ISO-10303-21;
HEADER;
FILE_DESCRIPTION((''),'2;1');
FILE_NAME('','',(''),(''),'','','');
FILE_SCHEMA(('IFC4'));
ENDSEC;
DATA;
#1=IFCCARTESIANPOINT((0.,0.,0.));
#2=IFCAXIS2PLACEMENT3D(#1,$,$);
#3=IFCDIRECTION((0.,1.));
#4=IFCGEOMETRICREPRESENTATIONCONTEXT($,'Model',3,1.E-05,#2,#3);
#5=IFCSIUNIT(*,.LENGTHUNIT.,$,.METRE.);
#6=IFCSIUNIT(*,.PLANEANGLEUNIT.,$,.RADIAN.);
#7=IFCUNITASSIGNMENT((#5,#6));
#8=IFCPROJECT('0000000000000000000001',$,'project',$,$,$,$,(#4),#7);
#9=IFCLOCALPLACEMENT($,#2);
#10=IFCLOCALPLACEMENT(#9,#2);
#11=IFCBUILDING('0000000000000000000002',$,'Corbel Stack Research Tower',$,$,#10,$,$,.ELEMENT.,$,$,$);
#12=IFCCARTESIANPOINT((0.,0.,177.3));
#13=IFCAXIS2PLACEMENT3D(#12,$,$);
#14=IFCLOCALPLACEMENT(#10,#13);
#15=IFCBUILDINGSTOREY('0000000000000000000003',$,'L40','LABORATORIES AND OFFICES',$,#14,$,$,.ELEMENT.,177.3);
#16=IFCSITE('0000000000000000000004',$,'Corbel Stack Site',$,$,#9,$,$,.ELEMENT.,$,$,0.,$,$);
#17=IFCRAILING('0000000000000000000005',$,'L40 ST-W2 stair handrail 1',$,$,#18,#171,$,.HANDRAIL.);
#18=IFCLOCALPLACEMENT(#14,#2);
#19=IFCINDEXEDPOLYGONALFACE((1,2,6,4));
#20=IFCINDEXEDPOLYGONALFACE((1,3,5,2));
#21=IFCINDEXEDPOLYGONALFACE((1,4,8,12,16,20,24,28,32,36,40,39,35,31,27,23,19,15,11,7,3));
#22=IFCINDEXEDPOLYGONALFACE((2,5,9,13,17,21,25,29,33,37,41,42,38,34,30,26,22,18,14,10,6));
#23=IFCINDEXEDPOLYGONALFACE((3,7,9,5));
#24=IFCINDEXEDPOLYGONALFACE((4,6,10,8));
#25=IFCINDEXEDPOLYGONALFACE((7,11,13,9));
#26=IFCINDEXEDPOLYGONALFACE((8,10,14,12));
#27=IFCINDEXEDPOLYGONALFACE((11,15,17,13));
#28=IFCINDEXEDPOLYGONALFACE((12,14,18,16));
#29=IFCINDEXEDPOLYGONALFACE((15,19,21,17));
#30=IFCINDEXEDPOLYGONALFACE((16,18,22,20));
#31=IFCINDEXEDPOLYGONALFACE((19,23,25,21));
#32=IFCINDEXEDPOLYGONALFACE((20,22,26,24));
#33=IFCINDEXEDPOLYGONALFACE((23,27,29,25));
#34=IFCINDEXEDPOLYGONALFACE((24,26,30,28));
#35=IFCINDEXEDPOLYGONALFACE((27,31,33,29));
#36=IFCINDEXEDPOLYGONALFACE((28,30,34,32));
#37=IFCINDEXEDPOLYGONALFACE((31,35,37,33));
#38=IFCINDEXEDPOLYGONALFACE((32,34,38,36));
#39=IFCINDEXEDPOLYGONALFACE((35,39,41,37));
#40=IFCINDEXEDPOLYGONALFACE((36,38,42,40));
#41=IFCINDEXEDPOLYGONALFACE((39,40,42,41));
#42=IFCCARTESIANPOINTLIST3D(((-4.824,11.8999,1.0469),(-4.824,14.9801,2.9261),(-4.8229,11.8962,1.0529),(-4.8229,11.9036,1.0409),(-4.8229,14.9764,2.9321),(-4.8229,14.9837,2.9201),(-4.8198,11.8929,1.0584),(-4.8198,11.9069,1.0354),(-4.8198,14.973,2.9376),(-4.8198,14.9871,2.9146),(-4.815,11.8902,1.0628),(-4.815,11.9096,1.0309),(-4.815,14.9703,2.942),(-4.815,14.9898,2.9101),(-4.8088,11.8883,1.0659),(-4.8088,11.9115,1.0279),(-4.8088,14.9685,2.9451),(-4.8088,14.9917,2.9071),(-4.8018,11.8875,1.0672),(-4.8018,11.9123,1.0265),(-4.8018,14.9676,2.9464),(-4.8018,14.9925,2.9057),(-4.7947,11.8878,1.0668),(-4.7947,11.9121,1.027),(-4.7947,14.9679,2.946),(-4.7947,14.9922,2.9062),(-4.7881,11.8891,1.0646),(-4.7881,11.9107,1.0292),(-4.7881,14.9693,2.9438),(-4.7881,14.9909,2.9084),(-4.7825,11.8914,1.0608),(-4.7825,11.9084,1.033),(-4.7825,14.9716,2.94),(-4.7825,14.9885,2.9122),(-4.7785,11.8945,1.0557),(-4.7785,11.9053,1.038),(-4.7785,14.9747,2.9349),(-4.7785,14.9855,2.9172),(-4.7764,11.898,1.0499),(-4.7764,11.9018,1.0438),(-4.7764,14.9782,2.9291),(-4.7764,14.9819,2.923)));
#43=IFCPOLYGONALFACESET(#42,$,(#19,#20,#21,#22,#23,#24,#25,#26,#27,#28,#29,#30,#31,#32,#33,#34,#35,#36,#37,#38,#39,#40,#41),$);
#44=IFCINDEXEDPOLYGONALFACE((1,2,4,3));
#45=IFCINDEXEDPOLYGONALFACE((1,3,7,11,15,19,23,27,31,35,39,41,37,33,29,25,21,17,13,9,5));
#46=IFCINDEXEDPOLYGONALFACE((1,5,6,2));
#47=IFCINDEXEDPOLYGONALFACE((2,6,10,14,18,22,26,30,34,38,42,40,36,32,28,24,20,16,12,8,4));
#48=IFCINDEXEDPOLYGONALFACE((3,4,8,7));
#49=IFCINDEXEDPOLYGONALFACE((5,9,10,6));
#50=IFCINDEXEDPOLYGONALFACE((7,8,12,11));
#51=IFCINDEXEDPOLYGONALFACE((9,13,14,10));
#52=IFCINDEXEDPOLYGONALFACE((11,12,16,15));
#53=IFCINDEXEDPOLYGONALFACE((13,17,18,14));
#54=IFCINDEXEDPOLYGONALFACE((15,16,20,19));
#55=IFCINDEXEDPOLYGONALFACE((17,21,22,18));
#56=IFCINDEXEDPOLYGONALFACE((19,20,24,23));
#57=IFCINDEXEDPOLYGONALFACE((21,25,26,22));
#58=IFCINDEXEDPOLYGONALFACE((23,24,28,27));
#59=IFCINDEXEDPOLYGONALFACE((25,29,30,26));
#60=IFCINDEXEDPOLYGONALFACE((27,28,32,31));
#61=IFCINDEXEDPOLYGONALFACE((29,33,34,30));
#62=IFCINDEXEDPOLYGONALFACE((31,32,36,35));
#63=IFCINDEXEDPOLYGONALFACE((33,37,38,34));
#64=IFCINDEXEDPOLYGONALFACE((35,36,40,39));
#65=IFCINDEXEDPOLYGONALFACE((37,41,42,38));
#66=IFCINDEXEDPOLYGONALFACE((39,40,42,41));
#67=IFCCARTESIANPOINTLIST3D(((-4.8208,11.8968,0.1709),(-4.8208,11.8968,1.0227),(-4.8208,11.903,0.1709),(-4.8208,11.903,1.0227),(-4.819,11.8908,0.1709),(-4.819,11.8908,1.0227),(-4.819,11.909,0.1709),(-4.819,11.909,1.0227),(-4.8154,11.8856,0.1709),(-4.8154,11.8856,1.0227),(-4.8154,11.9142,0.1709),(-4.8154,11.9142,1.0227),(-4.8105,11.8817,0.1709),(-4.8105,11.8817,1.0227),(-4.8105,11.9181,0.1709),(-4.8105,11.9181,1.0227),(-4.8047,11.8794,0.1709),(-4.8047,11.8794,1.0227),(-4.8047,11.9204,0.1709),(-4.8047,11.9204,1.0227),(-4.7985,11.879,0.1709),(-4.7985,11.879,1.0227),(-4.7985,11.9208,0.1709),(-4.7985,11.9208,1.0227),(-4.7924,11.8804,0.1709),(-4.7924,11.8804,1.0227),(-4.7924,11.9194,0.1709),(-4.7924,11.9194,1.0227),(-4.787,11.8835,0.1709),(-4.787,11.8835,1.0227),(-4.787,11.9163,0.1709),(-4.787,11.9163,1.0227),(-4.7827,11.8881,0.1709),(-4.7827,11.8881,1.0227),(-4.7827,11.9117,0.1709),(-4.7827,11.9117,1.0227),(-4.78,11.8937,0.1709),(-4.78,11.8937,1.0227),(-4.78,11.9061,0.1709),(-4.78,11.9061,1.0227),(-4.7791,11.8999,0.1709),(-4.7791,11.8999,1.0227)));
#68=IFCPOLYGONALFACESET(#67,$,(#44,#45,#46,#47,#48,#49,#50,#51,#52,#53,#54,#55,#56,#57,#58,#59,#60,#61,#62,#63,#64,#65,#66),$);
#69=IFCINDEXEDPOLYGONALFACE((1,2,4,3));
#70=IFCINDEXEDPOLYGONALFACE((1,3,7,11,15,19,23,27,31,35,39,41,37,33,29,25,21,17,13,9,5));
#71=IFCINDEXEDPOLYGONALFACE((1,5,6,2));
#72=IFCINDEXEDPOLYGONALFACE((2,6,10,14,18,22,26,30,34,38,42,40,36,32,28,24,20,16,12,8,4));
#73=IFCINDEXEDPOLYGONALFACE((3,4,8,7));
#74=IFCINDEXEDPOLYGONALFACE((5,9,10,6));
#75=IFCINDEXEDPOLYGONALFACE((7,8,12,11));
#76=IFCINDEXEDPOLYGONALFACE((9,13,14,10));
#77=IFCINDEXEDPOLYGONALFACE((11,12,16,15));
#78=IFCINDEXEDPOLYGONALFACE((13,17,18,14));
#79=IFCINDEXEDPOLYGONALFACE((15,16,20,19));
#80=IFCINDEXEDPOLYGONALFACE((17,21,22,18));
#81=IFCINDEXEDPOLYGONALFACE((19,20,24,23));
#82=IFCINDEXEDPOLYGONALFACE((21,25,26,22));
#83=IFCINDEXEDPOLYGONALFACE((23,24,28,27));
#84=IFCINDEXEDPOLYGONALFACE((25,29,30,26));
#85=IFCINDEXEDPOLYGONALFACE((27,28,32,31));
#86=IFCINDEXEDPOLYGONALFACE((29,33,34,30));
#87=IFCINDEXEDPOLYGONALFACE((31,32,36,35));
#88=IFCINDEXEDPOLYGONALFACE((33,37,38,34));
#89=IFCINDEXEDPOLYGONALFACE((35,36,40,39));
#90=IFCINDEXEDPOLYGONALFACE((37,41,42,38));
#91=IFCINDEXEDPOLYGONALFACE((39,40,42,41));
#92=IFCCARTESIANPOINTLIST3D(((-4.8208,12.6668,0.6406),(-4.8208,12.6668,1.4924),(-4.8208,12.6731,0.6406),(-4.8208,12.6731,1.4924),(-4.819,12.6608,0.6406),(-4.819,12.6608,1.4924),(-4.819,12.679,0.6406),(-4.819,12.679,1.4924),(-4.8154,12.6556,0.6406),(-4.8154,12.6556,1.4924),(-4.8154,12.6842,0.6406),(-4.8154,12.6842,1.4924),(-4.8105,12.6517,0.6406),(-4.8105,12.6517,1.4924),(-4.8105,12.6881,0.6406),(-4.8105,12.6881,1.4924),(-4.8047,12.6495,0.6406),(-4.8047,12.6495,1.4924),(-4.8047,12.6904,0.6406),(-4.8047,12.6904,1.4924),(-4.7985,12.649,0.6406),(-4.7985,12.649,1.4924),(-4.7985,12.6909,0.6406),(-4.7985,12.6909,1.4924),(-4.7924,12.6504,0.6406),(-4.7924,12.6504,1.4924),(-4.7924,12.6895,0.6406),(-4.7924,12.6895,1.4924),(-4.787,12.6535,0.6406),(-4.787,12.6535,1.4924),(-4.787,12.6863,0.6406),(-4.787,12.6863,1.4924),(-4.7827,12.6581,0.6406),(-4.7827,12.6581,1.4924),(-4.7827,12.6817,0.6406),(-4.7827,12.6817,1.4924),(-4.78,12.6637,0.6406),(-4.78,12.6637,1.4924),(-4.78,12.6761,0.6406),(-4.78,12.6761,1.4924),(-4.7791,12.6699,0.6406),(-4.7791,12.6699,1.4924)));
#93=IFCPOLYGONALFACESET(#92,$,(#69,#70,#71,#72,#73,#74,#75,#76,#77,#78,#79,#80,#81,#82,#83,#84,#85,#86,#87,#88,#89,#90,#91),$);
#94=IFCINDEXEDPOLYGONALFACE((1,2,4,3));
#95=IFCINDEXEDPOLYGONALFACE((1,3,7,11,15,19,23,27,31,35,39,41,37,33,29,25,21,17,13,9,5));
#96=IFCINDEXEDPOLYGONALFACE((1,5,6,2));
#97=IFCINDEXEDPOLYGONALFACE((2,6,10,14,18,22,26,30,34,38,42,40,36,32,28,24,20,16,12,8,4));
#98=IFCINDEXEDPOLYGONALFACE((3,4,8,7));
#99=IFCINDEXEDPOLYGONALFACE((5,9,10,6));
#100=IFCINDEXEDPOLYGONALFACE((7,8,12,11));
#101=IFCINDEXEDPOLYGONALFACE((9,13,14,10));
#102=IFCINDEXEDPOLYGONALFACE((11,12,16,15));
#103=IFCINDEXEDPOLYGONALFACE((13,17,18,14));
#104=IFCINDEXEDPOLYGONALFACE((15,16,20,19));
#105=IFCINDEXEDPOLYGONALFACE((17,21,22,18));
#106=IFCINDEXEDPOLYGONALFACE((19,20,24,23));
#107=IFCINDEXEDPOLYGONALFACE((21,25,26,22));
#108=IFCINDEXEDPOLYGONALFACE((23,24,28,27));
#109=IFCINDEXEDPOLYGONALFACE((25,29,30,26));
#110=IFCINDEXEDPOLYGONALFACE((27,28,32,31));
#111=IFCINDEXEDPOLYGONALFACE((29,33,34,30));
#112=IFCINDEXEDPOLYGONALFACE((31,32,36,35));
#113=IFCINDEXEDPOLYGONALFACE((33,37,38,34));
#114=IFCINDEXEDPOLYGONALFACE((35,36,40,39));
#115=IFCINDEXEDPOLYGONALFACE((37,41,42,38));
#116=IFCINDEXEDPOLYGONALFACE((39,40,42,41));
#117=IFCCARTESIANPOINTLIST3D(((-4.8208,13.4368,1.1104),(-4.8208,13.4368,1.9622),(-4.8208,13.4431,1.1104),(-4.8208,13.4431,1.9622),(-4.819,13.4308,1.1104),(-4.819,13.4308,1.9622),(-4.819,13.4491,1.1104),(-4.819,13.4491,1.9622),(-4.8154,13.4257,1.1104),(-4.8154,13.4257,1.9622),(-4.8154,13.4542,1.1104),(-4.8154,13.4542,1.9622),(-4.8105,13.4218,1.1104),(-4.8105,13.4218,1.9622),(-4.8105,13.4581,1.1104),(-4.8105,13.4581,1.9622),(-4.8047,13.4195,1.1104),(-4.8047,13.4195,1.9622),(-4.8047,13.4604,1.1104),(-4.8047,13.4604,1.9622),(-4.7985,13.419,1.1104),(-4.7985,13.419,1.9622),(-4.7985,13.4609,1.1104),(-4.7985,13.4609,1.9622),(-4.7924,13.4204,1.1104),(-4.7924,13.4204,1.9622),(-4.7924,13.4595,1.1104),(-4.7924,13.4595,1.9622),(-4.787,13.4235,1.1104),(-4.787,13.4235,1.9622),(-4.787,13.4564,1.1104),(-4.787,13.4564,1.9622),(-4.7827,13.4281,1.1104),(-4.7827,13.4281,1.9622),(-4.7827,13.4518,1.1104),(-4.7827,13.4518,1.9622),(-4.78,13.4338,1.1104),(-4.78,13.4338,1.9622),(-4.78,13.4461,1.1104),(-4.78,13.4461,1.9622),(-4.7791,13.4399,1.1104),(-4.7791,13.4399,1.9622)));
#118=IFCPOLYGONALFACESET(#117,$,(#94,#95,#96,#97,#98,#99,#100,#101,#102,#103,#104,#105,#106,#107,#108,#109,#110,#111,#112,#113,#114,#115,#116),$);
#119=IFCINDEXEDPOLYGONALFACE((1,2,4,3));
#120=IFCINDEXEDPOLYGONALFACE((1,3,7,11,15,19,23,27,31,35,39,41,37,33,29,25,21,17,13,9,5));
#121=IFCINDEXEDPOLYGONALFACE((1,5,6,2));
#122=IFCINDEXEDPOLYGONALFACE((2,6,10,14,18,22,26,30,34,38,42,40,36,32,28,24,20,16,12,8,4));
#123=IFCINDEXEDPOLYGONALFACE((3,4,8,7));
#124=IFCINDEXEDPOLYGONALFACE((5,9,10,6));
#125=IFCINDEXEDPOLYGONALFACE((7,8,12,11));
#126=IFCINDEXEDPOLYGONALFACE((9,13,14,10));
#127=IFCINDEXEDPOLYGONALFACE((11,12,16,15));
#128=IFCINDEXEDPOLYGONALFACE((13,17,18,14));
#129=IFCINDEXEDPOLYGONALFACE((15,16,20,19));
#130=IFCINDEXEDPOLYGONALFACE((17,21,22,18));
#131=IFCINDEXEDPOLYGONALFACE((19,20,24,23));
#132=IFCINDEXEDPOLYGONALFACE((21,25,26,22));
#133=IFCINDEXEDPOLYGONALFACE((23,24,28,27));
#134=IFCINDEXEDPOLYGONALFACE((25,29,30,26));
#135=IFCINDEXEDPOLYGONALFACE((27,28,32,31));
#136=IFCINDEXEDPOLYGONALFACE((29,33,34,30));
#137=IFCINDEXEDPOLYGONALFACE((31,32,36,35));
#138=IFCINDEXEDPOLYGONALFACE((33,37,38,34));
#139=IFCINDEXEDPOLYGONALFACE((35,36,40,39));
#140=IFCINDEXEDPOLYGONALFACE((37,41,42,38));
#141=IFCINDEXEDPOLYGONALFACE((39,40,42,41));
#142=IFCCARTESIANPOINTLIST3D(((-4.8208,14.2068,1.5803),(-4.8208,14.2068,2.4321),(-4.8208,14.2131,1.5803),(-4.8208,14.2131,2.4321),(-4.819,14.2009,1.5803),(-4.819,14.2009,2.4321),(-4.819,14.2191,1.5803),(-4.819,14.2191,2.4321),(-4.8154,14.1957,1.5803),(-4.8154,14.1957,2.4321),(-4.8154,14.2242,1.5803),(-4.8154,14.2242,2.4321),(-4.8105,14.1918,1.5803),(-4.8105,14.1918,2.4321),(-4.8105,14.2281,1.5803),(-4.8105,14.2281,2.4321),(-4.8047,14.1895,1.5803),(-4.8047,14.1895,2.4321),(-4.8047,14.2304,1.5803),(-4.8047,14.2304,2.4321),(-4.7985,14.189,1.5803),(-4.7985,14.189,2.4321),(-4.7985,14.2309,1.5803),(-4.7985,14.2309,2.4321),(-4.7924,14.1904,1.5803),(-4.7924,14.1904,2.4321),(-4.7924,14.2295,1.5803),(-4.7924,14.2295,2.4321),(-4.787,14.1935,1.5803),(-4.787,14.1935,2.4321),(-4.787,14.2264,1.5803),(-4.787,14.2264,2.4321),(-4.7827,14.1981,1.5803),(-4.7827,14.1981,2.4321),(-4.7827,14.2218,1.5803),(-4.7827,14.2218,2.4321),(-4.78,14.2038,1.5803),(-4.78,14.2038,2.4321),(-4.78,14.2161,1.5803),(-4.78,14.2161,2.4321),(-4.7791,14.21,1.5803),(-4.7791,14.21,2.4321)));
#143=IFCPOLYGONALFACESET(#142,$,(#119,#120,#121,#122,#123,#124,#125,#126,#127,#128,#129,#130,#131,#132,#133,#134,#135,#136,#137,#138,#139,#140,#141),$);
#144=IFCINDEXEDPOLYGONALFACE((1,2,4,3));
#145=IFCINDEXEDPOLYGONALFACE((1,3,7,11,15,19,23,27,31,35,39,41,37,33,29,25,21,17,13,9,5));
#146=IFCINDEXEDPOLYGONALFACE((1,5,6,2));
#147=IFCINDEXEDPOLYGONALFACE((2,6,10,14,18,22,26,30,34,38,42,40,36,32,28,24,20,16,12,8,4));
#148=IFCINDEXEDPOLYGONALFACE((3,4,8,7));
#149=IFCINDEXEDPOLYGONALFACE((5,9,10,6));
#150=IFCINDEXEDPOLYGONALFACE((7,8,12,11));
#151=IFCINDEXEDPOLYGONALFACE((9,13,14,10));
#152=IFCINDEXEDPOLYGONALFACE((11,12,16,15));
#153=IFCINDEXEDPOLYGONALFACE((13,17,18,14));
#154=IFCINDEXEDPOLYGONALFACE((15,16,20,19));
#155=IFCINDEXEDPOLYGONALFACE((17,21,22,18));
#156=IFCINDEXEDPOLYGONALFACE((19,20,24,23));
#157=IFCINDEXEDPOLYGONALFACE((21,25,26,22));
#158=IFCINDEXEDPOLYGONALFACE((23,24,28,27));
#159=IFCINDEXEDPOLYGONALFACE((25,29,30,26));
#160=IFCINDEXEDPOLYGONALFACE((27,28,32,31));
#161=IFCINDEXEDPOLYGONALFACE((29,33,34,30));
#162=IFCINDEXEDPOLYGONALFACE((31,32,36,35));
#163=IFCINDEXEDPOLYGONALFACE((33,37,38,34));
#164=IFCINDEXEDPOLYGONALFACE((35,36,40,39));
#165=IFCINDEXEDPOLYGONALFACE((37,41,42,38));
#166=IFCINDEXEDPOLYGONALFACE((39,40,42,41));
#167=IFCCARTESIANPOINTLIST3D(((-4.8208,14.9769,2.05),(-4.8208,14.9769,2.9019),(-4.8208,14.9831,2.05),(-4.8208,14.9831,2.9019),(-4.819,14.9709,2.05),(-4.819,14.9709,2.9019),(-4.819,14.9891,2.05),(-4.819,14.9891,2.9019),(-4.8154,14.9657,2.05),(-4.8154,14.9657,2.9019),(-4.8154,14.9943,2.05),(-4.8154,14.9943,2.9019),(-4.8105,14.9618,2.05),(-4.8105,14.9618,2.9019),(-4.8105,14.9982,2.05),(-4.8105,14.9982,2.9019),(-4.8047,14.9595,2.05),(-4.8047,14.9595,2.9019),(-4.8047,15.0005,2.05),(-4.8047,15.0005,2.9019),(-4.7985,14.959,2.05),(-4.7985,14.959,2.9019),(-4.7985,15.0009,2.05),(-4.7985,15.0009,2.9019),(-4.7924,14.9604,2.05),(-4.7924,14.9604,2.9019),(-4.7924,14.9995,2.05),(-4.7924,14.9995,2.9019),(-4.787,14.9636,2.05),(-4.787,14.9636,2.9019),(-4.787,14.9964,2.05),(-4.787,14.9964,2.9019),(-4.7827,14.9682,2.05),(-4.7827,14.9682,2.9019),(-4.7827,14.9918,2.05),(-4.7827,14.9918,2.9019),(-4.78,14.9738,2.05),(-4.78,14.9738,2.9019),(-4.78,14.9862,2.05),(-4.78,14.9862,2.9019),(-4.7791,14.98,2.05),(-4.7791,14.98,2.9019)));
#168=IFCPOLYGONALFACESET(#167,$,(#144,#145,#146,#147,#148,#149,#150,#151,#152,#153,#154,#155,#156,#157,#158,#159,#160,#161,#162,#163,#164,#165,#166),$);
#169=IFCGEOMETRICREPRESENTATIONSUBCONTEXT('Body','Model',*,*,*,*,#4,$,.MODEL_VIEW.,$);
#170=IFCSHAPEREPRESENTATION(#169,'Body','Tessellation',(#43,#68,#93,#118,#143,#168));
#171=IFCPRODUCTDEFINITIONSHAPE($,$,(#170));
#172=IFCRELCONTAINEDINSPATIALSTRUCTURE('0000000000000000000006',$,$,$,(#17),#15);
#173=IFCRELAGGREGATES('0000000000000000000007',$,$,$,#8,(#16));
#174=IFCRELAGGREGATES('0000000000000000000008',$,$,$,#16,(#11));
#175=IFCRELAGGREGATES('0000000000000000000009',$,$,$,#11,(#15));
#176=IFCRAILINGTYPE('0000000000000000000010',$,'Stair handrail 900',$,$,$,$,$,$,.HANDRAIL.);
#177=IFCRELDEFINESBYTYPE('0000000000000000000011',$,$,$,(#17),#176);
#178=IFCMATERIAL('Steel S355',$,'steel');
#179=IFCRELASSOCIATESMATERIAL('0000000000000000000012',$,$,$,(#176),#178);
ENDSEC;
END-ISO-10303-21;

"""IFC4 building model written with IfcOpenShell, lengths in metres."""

from ifc_helpers import new_model, si_unit, direction, frame, origin, origin_2d, place, context, subcontext, project, spatial, circle, extrude, material, type_object, element, save


model = new_model("IFC4")

# Units and contexts
model_context = context("Model", 3, precision=1e-05, world=origin(), true_north=direction((0.0, 1.0)))
body_context = subcontext(model_context, "Body", "Model", "MODEL_VIEW")
ifc_project = project(units=[si_unit("LENGTHUNIT", "METRE"), si_unit("PLANEANGLEUNIT", "RADIAN")], contexts=[model_context])

# Site, building, storey
site_placement = place(None, origin())
site = spatial("IfcSite", under=ifc_project, at=site_placement, Name="Corbel Stack Site", CompositionType="ELEMENT", RefElevation=0.0)
building_placement = place(site_placement, origin())
building = spatial("IfcBuilding", under=site, at=building_placement, Name="Corbel Stack Research Tower", CompositionType="ELEMENT")
storey_placement = place(building_placement, frame((0.0, 0.0, 177.3)))
storey = spatial("IfcBuildingStorey", under=building, at=storey_placement, Name="L40", Description="LABORATORIES AND OFFICES", CompositionType="ELEMENT", Elevation=177.3)

# Railing
ifc_material_1 = material(Name="Steel S355", Category="steel")
railing_type_1 = type_object("IfcRailingType", Name="Stair handrail 900", PredefinedType="HANDRAIL", material=ifc_material_1)
railing_1_placement = place(storey_placement, frame((-4.8, 11.8999, 0.1709)))
element("IfcRailing", 1, at=railing_1_placement, inside=storey, type_object=railing_type_1, Name="L40 ST-W2 stair handrail 1", PredefinedType="HANDRAIL", context=body_context, shape_type="SweptSolid", body=[
    extrude(circle(Radius=0.0239, at=origin_2d()), frame((0.0, 0.0, 0.876), z_axis=(0.0, 0.853666, 0.52082), x_axis=(-1.0, 0.0, 0.0)), (0.0, 0.0, 1.0), 3.6082),
    extrude(circle(Radius=0.021, at=origin_2d()), origin(), (0.0, 0.0, 1.0), 0.8518),
    extrude(circle(Radius=0.021, at=origin_2d()), frame((0.0, 0.77, 0.4697)), (0.0, 0.0, 1.0), 0.8518),
    extrude(circle(Radius=0.021, at=origin_2d()), frame((0.0, 1.54, 0.9395)), (0.0, 0.0, 1.0), 0.8518),
    extrude(circle(Radius=0.021, at=origin_2d()), frame((0.0, 2.3101, 1.4094)), (0.0, 0.0, 1.0), 0.8518),
    extrude(circle(Radius=0.021, at=origin_2d()), frame((0.0, 3.0801, 1.8792)), (0.0, 0.0, 1.0), 0.8518),
])

save(model, "model.ifc")
